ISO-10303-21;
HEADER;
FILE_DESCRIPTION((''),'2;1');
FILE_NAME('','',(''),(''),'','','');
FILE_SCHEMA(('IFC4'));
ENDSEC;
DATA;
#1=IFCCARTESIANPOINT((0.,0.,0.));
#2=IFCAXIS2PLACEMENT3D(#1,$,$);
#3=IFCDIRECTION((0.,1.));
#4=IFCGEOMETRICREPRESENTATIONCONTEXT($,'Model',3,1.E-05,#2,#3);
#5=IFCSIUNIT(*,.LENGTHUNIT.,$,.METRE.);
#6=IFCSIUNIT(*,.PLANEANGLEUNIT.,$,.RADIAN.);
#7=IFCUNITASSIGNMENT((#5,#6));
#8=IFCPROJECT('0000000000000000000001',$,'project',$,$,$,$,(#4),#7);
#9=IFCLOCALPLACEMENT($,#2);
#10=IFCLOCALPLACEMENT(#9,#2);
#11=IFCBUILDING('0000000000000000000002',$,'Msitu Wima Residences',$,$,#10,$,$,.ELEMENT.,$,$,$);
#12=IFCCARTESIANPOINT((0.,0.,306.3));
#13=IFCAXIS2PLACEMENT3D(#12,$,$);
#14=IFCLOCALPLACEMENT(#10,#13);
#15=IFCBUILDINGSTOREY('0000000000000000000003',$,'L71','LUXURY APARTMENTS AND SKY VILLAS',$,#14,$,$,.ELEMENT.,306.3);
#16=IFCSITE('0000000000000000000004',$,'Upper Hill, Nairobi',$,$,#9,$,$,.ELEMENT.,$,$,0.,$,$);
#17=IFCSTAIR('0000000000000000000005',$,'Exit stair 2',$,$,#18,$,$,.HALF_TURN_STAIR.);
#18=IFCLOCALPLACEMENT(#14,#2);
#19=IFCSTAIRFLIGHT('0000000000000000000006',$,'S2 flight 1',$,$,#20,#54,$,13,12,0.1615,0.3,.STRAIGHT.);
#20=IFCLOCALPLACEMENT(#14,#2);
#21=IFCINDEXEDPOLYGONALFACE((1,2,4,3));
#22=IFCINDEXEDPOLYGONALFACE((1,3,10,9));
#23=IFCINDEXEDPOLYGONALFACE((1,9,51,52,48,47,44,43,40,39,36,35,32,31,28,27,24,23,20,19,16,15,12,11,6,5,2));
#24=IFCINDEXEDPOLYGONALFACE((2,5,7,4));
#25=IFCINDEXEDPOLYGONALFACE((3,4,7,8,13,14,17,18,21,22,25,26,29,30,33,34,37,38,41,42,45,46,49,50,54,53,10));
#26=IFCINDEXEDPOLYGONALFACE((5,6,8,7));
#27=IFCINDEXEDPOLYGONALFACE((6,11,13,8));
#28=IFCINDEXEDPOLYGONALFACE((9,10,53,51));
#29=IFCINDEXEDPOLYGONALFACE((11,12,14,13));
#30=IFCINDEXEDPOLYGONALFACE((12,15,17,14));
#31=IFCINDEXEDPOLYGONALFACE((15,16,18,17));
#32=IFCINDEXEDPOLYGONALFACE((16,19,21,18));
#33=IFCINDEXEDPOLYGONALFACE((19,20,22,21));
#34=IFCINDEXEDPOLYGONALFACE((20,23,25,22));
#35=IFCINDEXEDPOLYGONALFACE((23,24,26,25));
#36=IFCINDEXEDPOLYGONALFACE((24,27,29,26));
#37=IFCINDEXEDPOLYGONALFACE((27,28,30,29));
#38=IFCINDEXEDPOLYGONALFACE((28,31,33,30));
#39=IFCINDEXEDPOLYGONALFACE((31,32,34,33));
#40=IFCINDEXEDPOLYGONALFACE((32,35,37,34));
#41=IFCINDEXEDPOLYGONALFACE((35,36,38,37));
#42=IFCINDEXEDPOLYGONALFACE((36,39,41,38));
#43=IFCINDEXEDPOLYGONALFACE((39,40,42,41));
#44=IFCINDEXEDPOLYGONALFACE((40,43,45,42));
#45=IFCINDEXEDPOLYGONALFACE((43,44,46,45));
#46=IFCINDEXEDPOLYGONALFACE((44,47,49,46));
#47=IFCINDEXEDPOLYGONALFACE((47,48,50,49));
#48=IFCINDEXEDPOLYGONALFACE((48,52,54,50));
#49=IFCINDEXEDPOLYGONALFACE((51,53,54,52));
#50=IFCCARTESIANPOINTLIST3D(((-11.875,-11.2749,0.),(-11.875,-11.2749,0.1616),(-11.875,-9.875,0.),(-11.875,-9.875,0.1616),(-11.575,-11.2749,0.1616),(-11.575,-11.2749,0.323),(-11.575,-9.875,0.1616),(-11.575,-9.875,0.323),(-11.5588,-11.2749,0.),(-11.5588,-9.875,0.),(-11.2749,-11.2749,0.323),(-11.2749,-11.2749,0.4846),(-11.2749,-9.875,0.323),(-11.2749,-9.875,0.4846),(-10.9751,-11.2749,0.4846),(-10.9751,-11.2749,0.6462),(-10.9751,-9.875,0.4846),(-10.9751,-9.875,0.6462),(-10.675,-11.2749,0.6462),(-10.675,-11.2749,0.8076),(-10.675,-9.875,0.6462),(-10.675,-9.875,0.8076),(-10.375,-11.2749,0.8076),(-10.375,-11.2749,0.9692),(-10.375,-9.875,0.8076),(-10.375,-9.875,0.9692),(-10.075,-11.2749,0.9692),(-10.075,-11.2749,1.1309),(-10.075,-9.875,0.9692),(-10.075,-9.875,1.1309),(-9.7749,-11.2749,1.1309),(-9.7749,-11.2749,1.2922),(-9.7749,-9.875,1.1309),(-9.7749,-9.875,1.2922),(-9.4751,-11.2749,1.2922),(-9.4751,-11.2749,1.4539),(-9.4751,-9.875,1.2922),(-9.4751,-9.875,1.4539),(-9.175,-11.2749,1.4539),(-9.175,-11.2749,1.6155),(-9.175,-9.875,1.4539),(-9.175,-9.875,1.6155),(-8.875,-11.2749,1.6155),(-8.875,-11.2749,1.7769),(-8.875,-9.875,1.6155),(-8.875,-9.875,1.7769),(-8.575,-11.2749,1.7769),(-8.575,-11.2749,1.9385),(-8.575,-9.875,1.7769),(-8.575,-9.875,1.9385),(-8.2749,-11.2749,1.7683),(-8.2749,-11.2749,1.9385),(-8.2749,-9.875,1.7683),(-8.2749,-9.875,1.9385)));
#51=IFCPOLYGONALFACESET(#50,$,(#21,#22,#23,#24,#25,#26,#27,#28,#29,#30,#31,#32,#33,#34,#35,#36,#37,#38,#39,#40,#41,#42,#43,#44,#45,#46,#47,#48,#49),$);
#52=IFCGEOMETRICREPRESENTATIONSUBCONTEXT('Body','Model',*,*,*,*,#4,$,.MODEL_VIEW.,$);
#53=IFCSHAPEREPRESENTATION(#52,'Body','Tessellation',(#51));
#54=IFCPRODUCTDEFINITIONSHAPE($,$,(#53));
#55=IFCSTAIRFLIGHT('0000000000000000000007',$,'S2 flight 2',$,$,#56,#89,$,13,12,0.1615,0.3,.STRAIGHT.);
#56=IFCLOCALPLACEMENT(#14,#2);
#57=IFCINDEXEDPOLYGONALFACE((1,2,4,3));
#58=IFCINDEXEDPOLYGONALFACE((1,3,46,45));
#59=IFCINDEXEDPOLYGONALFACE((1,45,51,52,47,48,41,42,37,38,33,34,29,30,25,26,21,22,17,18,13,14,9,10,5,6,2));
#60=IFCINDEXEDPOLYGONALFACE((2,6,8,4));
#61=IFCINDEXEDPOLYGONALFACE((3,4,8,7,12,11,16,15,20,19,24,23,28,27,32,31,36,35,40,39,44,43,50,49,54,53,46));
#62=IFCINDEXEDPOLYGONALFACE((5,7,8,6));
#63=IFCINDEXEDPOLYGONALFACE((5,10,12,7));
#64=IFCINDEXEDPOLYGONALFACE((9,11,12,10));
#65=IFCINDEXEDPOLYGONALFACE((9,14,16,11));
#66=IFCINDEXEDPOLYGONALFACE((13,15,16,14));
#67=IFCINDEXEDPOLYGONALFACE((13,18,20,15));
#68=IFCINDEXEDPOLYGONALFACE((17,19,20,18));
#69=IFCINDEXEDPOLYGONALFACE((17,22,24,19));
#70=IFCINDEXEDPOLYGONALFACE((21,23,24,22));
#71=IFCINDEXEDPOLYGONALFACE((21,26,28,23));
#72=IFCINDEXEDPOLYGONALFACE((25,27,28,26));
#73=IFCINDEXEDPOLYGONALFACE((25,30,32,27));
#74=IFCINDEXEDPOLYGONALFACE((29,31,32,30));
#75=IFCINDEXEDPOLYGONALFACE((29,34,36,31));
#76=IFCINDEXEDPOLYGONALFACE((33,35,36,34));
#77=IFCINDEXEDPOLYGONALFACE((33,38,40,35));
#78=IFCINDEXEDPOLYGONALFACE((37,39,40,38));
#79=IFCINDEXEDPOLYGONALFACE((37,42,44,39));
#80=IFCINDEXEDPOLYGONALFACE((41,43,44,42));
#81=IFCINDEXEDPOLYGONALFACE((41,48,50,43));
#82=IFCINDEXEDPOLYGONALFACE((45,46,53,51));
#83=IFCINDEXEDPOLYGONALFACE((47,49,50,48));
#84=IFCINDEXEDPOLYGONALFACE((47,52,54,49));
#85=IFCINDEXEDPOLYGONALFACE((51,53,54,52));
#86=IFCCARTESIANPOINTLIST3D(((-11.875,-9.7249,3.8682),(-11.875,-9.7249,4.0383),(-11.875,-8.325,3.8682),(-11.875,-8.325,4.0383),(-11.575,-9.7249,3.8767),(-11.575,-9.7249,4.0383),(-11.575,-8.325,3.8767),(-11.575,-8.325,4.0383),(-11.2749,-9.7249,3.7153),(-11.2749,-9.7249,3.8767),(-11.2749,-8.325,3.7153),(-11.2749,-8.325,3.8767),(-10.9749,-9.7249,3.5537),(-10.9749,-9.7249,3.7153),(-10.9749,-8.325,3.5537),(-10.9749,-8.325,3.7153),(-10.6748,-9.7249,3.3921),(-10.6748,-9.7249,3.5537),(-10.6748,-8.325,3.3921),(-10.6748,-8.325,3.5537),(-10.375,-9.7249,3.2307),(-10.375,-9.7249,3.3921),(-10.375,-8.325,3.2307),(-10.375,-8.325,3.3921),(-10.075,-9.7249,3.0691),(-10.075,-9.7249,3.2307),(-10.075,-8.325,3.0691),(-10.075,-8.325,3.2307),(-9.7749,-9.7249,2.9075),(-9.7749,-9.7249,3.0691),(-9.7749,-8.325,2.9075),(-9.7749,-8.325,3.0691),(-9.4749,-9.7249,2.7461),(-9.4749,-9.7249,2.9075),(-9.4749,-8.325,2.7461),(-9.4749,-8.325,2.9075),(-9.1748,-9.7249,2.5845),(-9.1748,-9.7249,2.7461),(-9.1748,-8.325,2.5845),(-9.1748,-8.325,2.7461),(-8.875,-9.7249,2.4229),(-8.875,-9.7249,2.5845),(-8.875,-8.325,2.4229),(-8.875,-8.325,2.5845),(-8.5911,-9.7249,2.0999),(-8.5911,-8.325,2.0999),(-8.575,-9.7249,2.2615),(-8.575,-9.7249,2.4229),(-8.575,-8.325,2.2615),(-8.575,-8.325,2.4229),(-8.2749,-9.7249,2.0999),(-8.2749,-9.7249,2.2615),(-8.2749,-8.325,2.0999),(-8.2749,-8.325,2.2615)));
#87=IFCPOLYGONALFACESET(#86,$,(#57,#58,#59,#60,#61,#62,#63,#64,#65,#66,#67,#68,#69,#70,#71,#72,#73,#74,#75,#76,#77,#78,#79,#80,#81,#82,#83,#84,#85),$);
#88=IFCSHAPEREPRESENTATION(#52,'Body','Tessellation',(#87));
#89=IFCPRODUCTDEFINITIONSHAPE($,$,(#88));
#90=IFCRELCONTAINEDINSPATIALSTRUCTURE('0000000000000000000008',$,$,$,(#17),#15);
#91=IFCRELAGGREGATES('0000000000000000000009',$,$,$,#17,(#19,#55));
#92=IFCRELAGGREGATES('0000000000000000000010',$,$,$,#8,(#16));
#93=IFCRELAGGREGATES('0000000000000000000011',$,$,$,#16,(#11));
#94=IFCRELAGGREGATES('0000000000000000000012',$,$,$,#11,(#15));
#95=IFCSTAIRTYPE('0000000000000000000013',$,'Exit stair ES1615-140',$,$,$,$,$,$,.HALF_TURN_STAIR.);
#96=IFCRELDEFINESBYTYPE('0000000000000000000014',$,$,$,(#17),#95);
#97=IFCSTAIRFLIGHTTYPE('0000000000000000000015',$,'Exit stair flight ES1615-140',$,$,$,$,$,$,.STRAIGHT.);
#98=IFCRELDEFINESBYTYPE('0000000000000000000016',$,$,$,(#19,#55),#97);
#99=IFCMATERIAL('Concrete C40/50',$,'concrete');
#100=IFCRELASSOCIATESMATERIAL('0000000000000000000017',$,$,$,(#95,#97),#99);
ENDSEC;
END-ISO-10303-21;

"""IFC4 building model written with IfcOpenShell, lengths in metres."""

from ifc_helpers import new_model, si_unit, direction, frame, origin, place, context, subcontext, project, spatial, polyline, outline, extrude, material, type_object, element, aggregate, save


model = new_model("IFC4")

# Units and contexts
model_context = context("Model", 3, precision=1e-05, world=origin(), true_north=direction((0.0, 1.0)))
body_context = subcontext(model_context, "Body", "Model", "MODEL_VIEW")
ifc_project = project(units=[si_unit("LENGTHUNIT", "METRE"), si_unit("PLANEANGLEUNIT", "RADIAN")], contexts=[model_context])

# Site, building, storey
site_placement = place(None, origin())
site = spatial("IfcSite", under=ifc_project, at=site_placement, Name="Upper Hill, Nairobi", CompositionType="ELEMENT", RefElevation=0.0)
building_placement = place(site_placement, origin())
building = spatial("IfcBuilding", under=site, at=building_placement, Name="Msitu Wima Residences", CompositionType="ELEMENT")
storey_placement = place(building_placement, frame((0.0, 0.0, 306.3)))
storey = spatial("IfcBuildingStorey", under=building, at=storey_placement, Name="L71", Description="LUXURY APARTMENTS AND SKY VILLAS", CompositionType="ELEMENT", Elevation=306.3)

# Shared definitions
ifc_material_1 = material(Name="Concrete C40/50", Category="concrete")

# Stair, stair flights
stair_type = type_object("IfcStairType", Name="Exit stair ES1615-140", PredefinedType="HALF_TURN_STAIR", material=ifc_material_1)
stair_placement = place(storey_placement, origin())
stair = element("IfcStair", 1, at=stair_placement, inside=storey, type_object=stair_type, Name="Exit stair 2", PredefinedType="HALF_TURN_STAIR")
stair_flight_type = type_object("IfcStairFlightType", Name="Exit stair flight ES1615-140", PredefinedType="STRAIGHT", material=ifc_material_1)
stair_flight_1_placement = place(storey_placement, frame((-11.875, -10.575, 0.0), z_axis=(0.0, 0.0, 1.0), x_axis=(1.0, 0.0, 0.0)))
stair_flight_1 = element("IfcStairFlight", 2, at=stair_flight_1_placement, type_object=stair_flight_type, Name="S2 flight 1", NumberOfRisers=13, NumberOfTreads=12, PredefinedType="STRAIGHT", RiserHeight=0.1615, TreadLength=0.3, context=body_context, shape_type="SweptSolid", body=[
    extrude(outline(polyline([(0.0, 0.0), (0.0, 0.1616), (0.3, 0.1616), (0.3, 0.323), (0.6001, 0.323), (0.6001, 0.4846), (0.8999, 0.4846), (0.8999, 0.6462), (1.2, 0.6462), (1.2, 0.8076), (1.5, 0.8076), (1.5, 0.9692), (1.8, 0.9692), (1.8, 1.1309), (2.1001, 1.1309), (2.1001, 1.2922), (2.3999, 1.2922), (2.3999, 1.4539), (2.7, 1.4539), (2.7, 1.6155), (3.0, 1.6155), (3.0, 1.7769), (3.3, 1.7769), (3.3, 1.9385), (3.6001, 1.9385), (3.6001, 2.1001), (3.6001, 1.7683), (0.3162, 0.0), (0.0, 0.0)])), frame((0.0, 0.7, 0.0), z_axis=(0.0, -1.0, 0.0), x_axis=(1.0, 0.0, 0.0)), (0.0, 0.0, 1.0), 1.3999),
])
stair_flight_2_placement = place(storey_placement, frame((-8.2749, -9.0249, 2.0999), z_axis=(0.0, 0.0, 1.0), x_axis=(-1.0, 0.0, 0.0)))
stair_flight_2 = element("IfcStairFlight", 3, at=stair_flight_2_placement, type_object=stair_flight_type, Name="S2 flight 2", NumberOfRisers=13, NumberOfTreads=12, PredefinedType="STRAIGHT", RiserHeight=0.1615, TreadLength=0.3, context=body_context, shape_type="SweptSolid", body=[
    extrude(outline(polyline([(0.0, 0.0), (0.0, 0.1616), (0.3, 0.1616), (0.3, 0.323), (0.6001, 0.323), (0.6001, 0.4846), (0.8999, 0.4846), (0.8999, 0.6462), (1.2, 0.6462), (1.2, 0.8076), (1.5, 0.8076), (1.5, 0.9692), (1.8, 0.9692), (1.8, 1.1309), (2.1001, 1.1309), (2.1001, 1.2922), (2.3999, 1.2922), (2.3999, 1.4539), (2.7, 1.4539), (2.7, 1.6155), (3.0, 1.6155), (3.0, 1.7769), (3.3, 1.7769), (3.3, 1.9385), (3.6001, 1.9385), (3.6001, 2.1001), (3.6001, 1.7683), (0.3162, 0.0), (0.0, 0.0)])), frame((0.0, 0.7, 0.0), z_axis=(0.0, -1.0, 0.0), x_axis=(1.0, 0.0, 0.0)), (0.0, 0.0, 1.0), 1.3999),
])
aggregate(stair, [stair_flight_1, stair_flight_2])

save(model, "model.ifc")
